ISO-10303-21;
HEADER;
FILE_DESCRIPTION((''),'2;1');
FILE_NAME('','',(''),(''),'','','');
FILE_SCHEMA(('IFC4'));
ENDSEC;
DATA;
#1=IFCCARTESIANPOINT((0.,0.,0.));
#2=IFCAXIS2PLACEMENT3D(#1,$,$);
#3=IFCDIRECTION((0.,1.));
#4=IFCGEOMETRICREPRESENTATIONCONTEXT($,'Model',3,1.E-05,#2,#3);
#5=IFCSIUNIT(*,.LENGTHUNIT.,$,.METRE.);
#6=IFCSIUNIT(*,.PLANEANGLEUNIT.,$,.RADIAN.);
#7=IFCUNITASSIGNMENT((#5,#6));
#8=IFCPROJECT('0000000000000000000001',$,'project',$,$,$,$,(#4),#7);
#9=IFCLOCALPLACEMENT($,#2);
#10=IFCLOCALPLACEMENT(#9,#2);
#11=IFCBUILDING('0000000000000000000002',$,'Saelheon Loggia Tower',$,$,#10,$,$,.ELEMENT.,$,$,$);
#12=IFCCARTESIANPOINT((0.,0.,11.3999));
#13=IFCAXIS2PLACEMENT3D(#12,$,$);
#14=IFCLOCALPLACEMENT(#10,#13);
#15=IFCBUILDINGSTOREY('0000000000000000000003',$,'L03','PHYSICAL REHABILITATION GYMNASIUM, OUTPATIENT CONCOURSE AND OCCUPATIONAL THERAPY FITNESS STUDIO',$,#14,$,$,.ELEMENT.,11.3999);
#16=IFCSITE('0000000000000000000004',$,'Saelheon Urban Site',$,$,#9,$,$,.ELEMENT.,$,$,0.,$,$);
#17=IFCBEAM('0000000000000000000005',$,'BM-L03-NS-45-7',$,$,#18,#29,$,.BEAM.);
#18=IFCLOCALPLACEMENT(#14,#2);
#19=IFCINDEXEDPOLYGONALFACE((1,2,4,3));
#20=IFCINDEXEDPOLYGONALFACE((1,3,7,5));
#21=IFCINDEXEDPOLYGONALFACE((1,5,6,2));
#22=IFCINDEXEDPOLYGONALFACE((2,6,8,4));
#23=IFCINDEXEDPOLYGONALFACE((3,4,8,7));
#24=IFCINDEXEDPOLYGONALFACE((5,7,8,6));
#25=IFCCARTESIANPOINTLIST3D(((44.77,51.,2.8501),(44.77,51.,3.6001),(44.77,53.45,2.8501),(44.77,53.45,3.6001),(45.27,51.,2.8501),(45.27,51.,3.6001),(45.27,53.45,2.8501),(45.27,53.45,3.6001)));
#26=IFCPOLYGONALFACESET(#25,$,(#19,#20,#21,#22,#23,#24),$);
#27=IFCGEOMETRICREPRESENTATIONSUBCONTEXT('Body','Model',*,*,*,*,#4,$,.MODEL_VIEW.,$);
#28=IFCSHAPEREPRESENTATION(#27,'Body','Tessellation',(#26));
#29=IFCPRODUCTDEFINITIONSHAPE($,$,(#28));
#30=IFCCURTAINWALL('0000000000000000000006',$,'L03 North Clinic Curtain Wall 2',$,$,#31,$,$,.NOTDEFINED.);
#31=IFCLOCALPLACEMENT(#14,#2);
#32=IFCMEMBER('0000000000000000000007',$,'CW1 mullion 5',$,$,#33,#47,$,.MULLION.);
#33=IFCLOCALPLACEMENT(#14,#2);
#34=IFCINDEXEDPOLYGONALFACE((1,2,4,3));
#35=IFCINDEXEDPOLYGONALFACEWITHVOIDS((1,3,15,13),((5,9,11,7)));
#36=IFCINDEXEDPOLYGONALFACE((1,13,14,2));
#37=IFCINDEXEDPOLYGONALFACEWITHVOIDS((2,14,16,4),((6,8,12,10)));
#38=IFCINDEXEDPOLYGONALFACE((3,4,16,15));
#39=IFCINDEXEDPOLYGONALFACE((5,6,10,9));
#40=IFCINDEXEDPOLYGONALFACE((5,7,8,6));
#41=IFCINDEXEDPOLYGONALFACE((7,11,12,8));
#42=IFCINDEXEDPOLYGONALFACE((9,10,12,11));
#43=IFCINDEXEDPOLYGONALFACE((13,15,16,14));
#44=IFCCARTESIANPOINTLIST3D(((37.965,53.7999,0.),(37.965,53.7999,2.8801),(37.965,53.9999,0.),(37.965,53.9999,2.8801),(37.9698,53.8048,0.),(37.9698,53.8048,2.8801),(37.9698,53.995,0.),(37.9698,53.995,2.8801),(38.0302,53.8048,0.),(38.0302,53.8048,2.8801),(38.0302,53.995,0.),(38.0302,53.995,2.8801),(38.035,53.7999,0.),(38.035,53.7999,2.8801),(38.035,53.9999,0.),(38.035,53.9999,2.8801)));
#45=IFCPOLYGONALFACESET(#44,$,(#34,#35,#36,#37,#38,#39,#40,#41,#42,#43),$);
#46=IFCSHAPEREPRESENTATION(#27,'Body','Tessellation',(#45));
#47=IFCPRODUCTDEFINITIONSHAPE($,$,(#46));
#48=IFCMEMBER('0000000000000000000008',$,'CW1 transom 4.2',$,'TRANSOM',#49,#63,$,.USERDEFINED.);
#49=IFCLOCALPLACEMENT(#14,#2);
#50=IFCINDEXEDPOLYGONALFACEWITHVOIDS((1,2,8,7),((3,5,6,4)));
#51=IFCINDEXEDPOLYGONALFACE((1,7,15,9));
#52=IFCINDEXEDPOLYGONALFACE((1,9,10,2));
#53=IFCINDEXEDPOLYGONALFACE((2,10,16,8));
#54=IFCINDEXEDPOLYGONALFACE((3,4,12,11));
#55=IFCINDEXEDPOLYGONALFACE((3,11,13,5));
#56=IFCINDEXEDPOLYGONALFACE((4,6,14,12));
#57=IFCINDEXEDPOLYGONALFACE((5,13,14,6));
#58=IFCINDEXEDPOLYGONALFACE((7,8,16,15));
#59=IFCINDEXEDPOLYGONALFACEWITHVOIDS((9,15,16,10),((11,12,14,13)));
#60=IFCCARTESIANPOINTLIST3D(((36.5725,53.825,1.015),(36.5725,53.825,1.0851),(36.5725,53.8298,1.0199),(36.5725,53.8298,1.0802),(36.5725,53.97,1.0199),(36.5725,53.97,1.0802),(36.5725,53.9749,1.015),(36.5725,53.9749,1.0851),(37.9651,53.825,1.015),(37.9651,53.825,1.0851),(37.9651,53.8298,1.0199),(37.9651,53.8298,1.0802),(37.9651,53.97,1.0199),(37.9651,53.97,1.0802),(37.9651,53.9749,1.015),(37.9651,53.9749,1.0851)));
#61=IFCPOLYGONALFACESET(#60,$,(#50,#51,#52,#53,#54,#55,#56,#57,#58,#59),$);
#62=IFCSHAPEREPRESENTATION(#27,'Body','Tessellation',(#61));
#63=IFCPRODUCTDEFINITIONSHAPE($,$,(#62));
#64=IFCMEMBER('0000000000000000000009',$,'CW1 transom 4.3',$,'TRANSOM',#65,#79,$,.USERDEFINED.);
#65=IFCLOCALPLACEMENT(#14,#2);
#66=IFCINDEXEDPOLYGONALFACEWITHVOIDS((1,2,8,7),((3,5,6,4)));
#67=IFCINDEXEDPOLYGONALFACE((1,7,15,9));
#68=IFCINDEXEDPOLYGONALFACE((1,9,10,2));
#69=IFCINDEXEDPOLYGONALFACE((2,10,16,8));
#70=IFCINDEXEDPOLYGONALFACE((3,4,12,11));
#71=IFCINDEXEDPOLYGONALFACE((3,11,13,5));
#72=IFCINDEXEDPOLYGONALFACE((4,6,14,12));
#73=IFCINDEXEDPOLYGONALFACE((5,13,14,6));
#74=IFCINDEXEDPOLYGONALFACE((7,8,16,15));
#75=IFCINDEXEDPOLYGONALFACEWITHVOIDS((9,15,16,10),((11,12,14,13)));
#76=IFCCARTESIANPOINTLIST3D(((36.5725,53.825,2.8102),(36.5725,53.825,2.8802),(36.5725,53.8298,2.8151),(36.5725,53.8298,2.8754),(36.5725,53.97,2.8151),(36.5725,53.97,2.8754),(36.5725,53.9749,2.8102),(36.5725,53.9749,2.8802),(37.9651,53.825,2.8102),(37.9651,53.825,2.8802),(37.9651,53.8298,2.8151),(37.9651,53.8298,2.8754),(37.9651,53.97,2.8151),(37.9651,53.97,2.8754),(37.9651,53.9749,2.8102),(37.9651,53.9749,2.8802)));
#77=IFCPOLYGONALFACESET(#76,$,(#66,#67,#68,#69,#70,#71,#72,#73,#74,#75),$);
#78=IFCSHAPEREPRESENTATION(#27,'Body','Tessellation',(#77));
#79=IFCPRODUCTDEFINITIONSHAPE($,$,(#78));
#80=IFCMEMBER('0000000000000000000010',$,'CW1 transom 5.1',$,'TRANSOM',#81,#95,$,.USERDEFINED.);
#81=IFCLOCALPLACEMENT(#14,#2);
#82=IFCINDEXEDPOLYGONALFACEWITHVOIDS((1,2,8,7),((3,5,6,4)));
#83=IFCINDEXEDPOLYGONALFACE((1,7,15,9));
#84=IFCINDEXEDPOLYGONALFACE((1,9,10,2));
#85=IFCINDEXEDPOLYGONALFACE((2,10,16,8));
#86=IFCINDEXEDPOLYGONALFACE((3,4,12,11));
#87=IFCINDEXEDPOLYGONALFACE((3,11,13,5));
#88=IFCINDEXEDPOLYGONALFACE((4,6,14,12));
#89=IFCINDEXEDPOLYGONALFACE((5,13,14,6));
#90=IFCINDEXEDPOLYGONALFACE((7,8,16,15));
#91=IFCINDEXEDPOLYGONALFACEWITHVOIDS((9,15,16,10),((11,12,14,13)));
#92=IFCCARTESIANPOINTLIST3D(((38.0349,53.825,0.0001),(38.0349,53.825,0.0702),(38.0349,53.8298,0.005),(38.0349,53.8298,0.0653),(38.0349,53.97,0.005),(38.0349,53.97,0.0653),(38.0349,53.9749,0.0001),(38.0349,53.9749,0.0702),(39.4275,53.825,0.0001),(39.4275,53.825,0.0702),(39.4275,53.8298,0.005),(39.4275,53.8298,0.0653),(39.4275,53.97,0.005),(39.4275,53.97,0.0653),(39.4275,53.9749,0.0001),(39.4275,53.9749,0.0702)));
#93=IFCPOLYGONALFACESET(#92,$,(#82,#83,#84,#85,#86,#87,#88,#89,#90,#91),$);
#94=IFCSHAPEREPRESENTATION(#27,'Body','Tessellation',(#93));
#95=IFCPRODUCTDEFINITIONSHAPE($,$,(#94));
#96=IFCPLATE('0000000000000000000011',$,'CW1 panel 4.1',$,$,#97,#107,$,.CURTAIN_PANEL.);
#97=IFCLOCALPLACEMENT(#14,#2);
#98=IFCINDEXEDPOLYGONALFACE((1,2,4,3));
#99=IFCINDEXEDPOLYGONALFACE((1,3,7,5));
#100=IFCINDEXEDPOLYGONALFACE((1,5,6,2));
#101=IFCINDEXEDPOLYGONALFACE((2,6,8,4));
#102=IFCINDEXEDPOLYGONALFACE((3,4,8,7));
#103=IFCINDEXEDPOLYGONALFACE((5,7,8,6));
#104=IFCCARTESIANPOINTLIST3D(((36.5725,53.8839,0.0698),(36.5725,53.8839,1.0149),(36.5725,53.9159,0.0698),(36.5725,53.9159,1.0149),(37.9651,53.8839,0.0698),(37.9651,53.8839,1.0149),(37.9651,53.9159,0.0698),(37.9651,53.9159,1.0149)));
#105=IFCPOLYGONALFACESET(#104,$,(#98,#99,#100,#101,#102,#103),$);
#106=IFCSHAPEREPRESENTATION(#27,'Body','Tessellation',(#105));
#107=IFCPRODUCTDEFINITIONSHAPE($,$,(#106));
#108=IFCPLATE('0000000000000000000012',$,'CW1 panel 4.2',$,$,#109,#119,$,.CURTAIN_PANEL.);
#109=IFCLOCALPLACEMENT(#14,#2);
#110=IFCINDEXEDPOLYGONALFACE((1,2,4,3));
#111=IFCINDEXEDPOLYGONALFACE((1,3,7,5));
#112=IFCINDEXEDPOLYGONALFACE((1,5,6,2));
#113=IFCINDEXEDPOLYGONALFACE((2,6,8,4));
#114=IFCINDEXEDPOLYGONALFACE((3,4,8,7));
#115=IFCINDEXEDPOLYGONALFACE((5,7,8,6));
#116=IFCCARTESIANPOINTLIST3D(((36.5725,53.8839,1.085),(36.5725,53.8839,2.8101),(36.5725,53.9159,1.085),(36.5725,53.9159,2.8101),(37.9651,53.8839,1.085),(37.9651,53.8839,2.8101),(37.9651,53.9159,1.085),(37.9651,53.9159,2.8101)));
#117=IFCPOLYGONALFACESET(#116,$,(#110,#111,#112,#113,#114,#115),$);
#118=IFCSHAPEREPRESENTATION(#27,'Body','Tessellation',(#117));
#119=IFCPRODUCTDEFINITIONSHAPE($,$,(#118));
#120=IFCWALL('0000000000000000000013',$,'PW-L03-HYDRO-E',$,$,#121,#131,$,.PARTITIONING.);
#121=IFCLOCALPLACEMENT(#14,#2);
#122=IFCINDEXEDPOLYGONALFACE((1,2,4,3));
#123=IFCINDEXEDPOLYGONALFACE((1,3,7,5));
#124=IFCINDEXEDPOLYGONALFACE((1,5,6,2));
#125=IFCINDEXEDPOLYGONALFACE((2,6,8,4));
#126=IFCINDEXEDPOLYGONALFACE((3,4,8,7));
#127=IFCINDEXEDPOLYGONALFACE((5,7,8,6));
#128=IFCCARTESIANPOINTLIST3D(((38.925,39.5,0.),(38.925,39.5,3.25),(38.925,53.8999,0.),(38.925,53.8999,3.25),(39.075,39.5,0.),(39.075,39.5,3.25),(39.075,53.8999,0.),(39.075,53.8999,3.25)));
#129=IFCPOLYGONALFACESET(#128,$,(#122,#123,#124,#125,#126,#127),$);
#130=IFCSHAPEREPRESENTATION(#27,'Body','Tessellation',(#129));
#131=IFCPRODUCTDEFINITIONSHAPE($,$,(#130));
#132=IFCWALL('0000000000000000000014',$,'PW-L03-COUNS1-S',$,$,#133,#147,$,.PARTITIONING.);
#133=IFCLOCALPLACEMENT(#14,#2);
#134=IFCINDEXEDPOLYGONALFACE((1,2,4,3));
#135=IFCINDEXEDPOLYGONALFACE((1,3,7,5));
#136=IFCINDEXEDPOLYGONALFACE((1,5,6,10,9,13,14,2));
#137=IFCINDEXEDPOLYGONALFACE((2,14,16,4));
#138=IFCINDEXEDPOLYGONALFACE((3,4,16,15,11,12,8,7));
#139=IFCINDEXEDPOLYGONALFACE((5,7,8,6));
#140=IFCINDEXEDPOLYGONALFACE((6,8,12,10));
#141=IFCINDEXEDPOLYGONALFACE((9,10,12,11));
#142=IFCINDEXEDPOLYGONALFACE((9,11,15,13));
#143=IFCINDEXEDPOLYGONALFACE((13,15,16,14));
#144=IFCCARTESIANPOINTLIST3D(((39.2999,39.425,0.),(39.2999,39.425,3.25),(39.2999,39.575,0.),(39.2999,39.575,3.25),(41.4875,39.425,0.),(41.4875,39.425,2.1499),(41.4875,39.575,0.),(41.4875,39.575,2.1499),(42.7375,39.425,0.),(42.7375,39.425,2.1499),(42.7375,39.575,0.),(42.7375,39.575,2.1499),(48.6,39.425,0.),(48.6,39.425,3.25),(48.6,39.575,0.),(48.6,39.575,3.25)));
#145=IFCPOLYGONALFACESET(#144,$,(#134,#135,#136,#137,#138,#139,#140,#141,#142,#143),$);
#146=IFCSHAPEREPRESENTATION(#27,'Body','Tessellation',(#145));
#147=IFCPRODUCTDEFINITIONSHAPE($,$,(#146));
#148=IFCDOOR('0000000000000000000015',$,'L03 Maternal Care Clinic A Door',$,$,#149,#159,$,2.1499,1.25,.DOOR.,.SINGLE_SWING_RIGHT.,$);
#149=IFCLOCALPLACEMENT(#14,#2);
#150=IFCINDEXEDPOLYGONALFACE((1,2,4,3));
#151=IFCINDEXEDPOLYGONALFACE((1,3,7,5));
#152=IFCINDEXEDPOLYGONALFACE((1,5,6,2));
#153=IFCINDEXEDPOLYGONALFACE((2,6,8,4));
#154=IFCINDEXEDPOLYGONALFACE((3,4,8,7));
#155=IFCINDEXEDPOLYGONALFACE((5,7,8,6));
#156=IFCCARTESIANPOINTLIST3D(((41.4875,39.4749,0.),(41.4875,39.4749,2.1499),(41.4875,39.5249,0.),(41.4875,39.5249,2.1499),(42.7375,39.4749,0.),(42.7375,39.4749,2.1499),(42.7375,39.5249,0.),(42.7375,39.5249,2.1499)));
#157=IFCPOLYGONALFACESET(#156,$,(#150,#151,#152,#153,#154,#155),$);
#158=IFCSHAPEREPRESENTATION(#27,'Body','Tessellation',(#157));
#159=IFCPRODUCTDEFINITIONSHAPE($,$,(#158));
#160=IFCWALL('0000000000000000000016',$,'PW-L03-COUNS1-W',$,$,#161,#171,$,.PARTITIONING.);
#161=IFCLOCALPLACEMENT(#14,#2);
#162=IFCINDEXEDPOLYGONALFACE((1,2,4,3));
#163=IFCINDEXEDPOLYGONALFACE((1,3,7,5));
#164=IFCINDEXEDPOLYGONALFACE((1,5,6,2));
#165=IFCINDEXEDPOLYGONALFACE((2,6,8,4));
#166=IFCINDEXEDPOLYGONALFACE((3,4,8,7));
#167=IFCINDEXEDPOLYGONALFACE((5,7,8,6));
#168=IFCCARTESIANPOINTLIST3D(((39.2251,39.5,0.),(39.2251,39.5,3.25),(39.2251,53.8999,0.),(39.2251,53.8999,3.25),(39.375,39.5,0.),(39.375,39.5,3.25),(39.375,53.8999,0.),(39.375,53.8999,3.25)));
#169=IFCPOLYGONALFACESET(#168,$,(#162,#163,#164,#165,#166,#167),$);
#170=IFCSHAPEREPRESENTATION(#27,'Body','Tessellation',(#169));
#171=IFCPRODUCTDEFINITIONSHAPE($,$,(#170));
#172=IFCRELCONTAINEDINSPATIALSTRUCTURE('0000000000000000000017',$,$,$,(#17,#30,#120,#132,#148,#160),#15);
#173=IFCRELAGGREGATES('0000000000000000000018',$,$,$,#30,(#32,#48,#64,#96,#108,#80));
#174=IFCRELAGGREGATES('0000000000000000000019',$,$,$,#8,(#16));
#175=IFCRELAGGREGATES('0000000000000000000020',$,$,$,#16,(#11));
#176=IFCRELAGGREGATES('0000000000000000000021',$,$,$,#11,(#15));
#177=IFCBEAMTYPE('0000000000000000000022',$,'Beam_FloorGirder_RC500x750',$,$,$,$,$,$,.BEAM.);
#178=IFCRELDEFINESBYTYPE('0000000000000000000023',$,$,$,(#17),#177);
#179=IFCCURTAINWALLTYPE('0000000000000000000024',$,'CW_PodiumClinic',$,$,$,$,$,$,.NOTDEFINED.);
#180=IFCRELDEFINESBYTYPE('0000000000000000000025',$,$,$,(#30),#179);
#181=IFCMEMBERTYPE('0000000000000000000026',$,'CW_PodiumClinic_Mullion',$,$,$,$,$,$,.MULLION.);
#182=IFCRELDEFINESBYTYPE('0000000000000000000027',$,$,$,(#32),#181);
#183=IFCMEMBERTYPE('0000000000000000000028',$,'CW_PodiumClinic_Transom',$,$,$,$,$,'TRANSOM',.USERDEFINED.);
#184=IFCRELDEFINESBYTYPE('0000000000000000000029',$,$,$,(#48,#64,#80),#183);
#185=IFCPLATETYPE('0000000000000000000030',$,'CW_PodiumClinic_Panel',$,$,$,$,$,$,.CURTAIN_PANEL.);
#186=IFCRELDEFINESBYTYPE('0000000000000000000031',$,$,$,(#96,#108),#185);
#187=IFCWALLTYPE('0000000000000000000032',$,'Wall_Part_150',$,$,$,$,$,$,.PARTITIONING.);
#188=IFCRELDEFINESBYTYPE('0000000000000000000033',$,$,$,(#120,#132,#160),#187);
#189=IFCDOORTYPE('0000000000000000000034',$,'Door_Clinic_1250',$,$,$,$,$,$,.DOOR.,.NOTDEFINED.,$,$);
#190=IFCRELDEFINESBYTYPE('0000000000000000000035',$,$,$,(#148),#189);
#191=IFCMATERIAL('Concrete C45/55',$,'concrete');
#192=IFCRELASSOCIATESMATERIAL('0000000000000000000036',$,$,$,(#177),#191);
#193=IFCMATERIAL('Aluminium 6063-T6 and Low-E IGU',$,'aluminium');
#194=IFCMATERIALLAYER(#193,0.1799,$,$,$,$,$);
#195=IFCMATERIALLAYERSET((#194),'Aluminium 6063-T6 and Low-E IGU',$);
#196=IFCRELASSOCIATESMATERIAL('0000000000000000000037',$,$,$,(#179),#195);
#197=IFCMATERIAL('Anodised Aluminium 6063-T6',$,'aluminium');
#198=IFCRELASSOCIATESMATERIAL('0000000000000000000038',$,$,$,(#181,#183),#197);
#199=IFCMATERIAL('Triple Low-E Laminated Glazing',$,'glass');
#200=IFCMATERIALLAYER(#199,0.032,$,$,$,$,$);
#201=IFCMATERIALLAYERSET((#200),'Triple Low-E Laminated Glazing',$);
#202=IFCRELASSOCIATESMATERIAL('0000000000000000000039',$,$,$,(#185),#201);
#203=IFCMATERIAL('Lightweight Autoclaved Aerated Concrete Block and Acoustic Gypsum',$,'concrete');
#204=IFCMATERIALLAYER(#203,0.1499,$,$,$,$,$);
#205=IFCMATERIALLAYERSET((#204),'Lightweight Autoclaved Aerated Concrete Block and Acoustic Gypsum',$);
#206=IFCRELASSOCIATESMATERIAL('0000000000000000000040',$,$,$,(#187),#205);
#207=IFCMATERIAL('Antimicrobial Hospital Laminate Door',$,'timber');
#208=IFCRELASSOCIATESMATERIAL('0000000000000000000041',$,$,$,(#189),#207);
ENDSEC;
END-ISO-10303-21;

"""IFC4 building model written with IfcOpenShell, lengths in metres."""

from ifc_helpers import new_model, si_unit, direction, frame, frame_2d, origin, origin_2d, place, context, subcontext, project, spatial, rectangle, hollow_rectangle, extrude, source, transform, mapped, material, layer, layer_set, material_profile, profile_set, type_object, element, fill, aggregate, save


model = new_model("IFC4")

# Units and contexts
model_context = context("Model", 3, precision=1e-05, world=origin(), true_north=direction((0.0, 1.0)))
body_context = subcontext(model_context, "Body", "Model", "MODEL_VIEW")
ifc_project = project(units=[si_unit("LENGTHUNIT", "METRE"), si_unit("PLANEANGLEUNIT", "RADIAN")], contexts=[model_context])

# Site, building, storey
site_placement = place(None, origin())
site = spatial("IfcSite", under=ifc_project, at=site_placement, Name="Saelheon Urban Site", CompositionType="ELEMENT", RefElevation=0.0)
building_placement = place(site_placement, origin())
building = spatial("IfcBuilding", under=site, at=building_placement, Name="Saelheon Loggia Tower", CompositionType="ELEMENT")
storey_placement = place(building_placement, frame((0.0, 0.0, 11.3999)))
storey = spatial("IfcBuildingStorey", under=building, at=storey_placement, Name="L03", Description="PHYSICAL REHABILITATION GYMNASIUM, OUTPATIENT CONCOURSE AND OCCUPATIONAL THERAPY FITNESS STUDIO", CompositionType="ELEMENT", Elevation=11.3999)

# Beam
ifc_material_1 = material(Name="Concrete C45/55", Category="concrete")
ifc_material_profile_1 = material_profile(ifc_material_1, rectangle(XDim=0.5, YDim=0.75, at=origin_2d()), Name="RC-500x750")
ifc_profile_set_1 = profile_set([ifc_material_profile_1], Name="Concrete C45/55")
beam_type_1 = type_object("IfcBeamType", Name="Beam_FloorGirder_RC500x750", PredefinedType="BEAM", material=ifc_profile_set_1)
shared_shape_1 = source(origin(), body_context, "Body", "SweptSolid", [
    extrude(rectangle(XDim=0.5, YDim=0.75, at=origin_2d()), origin(), (0.0, 0.0, 1.0), 2.45),
])
beam_1_placement = place(storey_placement, frame((45.02, 51.0, 3.2251), z_axis=(0.0, 1.0, 0.0), x_axis=(-1.0, 0.0, 0.0)))
element("IfcBeam", 1, at=beam_1_placement, inside=storey, type_object=beam_type_1, Name="BM-L03-NS-45-7", PredefinedType="BEAM", context=body_context, shape_type="MappedRepresentation", body=[
    mapped(shared_shape_1, transform((0.0, 0.0, 0.0), scale=1.0)),
])

# Curtain wall, members, plates
ifc_material_2 = material(Name="Aluminium 6063-T6 and Low-E IGU", Category="aluminium")
ifc_layer_1 = layer(ifc_material_2, 0.1799)
ifc_layer_set_1 = layer_set([ifc_layer_1], Name="Aluminium 6063-T6 and Low-E IGU")
curtain_wall_type = type_object("IfcCurtainWallType", Name="CW_PodiumClinic", PredefinedType="NOTDEFINED", material=ifc_layer_set_1)
curtain_wall_placement = place(storey_placement, origin())
curtain_wall = element("IfcCurtainWall", 2, at=curtain_wall_placement, inside=storey, type_object=curtain_wall_type, Name="L03 North Clinic Curtain Wall 2", PredefinedType="NOTDEFINED")
ifc_material_3 = material(Name="Anodised Aluminium 6063-T6", Category="aluminium")
ifc_material_profile_2 = material_profile(ifc_material_3, hollow_rectangle(XDim=0.0701, YDim=0.2, WallThickness=0.0049, at=origin_2d()), Name="RHS-200x70x5")
ifc_profile_set_2 = profile_set([ifc_material_profile_2], Name="Anodised Aluminium 6063-T6")
member_type_1 = type_object("IfcMemberType", Name="CW_PodiumClinic_Mullion", PredefinedType="MULLION", material=ifc_profile_set_2)
shared_shape_2 = source(origin(), body_context, "Body", "SweptSolid", [
    extrude(hollow_rectangle(XDim=0.0701, YDim=0.2, WallThickness=0.0049, at=origin_2d()), origin(), (0.0, 0.0, 1.0), 2.8801),
])
member_1_placement = place(storey_placement, frame((38.0, 53.8999, 0.0), z_axis=(0.0, 0.0, 1.0), x_axis=(1.0, 0.0, 0.0)))
member_1 = element("IfcMember", 3, at=member_1_placement, type_object=member_type_1, Name="CW1 mullion 5", PredefinedType="MULLION", context=body_context, shape_type="MappedRepresentation", body=[
    mapped(shared_shape_2, transform((0.0, 0.0, 0.0), scale=1.0)),
])
ifc_material_profile_3 = material_profile(ifc_material_3, hollow_rectangle(XDim=0.0701, YDim=0.1499, WallThickness=0.0049, at=origin_2d()), Name="RHS-150x70x5")
ifc_profile_set_3 = profile_set([ifc_material_profile_3], Name="Anodised Aluminium 6063-T6")
member_type_2 = type_object("IfcMemberType", Name="CW_PodiumClinic_Transom", ElementType="TRANSOM", PredefinedType="USERDEFINED", material=ifc_profile_set_3)
shared_shape_3 = source(origin(), body_context, "Body", "SweptSolid", [
    extrude(hollow_rectangle(XDim=0.0701, YDim=0.1499, WallThickness=0.0049, at=origin_2d()), origin(), (0.0, 0.0, 1.0), 1.3926),
])
member_2_placement = place(storey_placement, frame((36.5725, 53.8999, 1.05), z_axis=(1.0, 0.0, 0.0), x_axis=(0.0, 0.0, 1.0)))
member_2 = element("IfcMember", 4, at=member_2_placement, type_object=member_type_2, Name="CW1 transom 4.2", ObjectType="TRANSOM", PredefinedType="USERDEFINED", context=body_context, shape_type="MappedRepresentation", body=[
    mapped(shared_shape_3, transform((0.0, 0.0, 0.0), scale=1.0)),
])
member_3_placement = place(storey_placement, frame((36.5725, 53.8999, 2.8452), z_axis=(1.0, 0.0, 0.0), x_axis=(0.0, 0.0, 1.0)))
member_3 = element("IfcMember", 5, at=member_3_placement, type_object=member_type_2, Name="CW1 transom 4.3", ObjectType="TRANSOM", PredefinedType="USERDEFINED", context=body_context, shape_type="MappedRepresentation", body=[
    mapped(shared_shape_3, transform((0.0, 0.0, 0.0), scale=1.0)),
])
member_4_placement = place(storey_placement, frame((38.0349, 53.8999, 0.0352), z_axis=(1.0, 0.0, 0.0), x_axis=(0.0, 0.0, 1.0)))
member_4 = element("IfcMember", 6, at=member_4_placement, type_object=member_type_2, Name="CW1 transom 5.1", ObjectType="TRANSOM", PredefinedType="USERDEFINED", context=body_context, shape_type="MappedRepresentation", body=[
    mapped(shared_shape_3, transform((0.0, 0.0, 0.0), scale=1.0)),
])
ifc_material_4 = material(Name="Triple Low-E Laminated Glazing", Category="glass")
ifc_layer_2 = layer(ifc_material_4, 0.032)
ifc_layer_set_2 = layer_set([ifc_layer_2], Name="Triple Low-E Laminated Glazing")
plate_type = type_object("IfcPlateType", Name="CW_PodiumClinic_Panel", PredefinedType="CURTAIN_PANEL", material=ifc_layer_set_2)
shared_shape_4 = source(origin(), body_context, "Body", "SweptSolid", [
    extrude(rectangle(XDim=1.3926, YDim=0.032, at=origin_2d()), origin(), (0.0, 0.0, 1.0), 0.9451),
])
plate_1_placement = place(storey_placement, frame((37.2688, 53.8999, 0.0698), z_axis=(0.0, 0.0, 1.0), x_axis=(1.0, 0.0, 0.0)))
plate_1 = element("IfcPlate", 7, at=plate_1_placement, type_object=plate_type, Name="CW1 panel 4.1", PredefinedType="CURTAIN_PANEL", context=body_context, shape_type="MappedRepresentation", body=[
    mapped(shared_shape_4, transform((0.0, 0.0, 0.0), scale=1.0)),
])
shared_shape_5 = source(origin(), body_context, "Body", "SweptSolid", [
    extrude(rectangle(XDim=1.3926, YDim=0.032, at=origin_2d()), origin(), (0.0, 0.0, 1.0), 1.7251),
])
plate_2_placement = place(storey_placement, frame((37.2688, 53.8999, 1.085), z_axis=(0.0, 0.0, 1.0), x_axis=(1.0, 0.0, 0.0)))
plate_2 = element("IfcPlate", 8, at=plate_2_placement, type_object=plate_type, Name="CW1 panel 4.2", PredefinedType="CURTAIN_PANEL", context=body_context, shape_type="MappedRepresentation", body=[
    mapped(shared_shape_5, transform((0.0, 0.0, 0.0), scale=1.0)),
])
aggregate(curtain_wall, [member_1, member_2, member_3, plate_1, plate_2, member_4])

# Wall
ifc_material_5 = material(Name="Lightweight Autoclaved Aerated Concrete Block and Acoustic Gypsum", Category="concrete")
ifc_layer_3 = layer(ifc_material_5, 0.1499)
ifc_layer_set_3 = layer_set([ifc_layer_3], Name="Lightweight Autoclaved Aerated Concrete Block and Acoustic Gypsum")
wall_type_1 = type_object("IfcWallType", Name="Wall_Part_150", PredefinedType="PARTITIONING", material=ifc_layer_set_3)
wall_1_placement = place(storey_placement, frame((39.0, 39.5, 0.0), z_axis=(0.0, 0.0, 1.0), x_axis=(0.0, 1.0, 0.0)))
element("IfcWall", 9, at=wall_1_placement, inside=storey, type_object=wall_type_1, Name="PW-L03-HYDRO-E", PredefinedType="PARTITIONING", context=body_context, shape_type="SweptSolid", body=[
    extrude(rectangle(XDim=14.3999, YDim=0.1499, at=frame_2d((7.2, 0.0))), origin(), (0.0, 0.0, 1.0), 3.25),
])

# Wall, opening, door
wall_2_placement = place(storey_placement, frame((39.3, 39.5, 0.0), z_axis=(0.0, 0.0, 1.0), x_axis=(1.0, 0.0, 0.0)))
wall_2 = element("IfcWall", 10, at=wall_2_placement, inside=storey, type_object=wall_type_1, Name="PW-L03-COUNS1-S", PredefinedType="PARTITIONING", context=body_context, shape_type="SweptSolid", body=[
    extrude(rectangle(XDim=9.3, YDim=0.1499, at=frame_2d((4.6499, 0.0))), origin(), (0.0, 0.0, 1.0), 3.25),
])
opening_placement = place(wall_2_placement, frame((2.1875, 0.0, 0.0)))
opening = element("IfcOpeningElement", 11, at=opening_placement, cuts=wall_2, PredefinedType="OPENING", context=body_context, shape_type="SweptSolid", body=[
    extrude(rectangle(XDim=1.25, YDim=2.1499, at=frame_2d((0.625, 1.075))), frame((0.0, 0.0869, 0.0), z_axis=(0.0, -1.0, 0.0), x_axis=(1.0, 0.0, 0.0)), (0.0, 0.0, 1.0), 0.1738),
])
ifc_material_6 = material(Name="Antimicrobial Hospital Laminate Door", Category="timber")
door_type = type_object("IfcDoorType", Name="Door_Clinic_1250", OperationType="NOTDEFINED", PredefinedType="DOOR", material=ifc_material_6)
shared_shape_6 = source(origin(), body_context, "Body", "SweptSolid", [
    extrude(rectangle(XDim=1.25, YDim=2.1499, at=frame_2d((0.625, 1.075))), frame((0.0, 0.0249, 0.0), z_axis=(0.0, -1.0, 0.0), x_axis=(1.0, 0.0, 0.0)), (0.0, 0.0, 1.0), 0.05),
])
door_placement = place(opening_placement, origin())
door = element("IfcDoor", 12, at=door_placement, inside=storey, type_object=door_type, Name="L03 Maternal Care Clinic A Door", OperationType="SINGLE_SWING_RIGHT", OverallHeight=2.1499, OverallWidth=1.25, PredefinedType="DOOR", context=body_context, shape_type="MappedRepresentation", body=[
    mapped(shared_shape_6, transform((0.0, 0.0, 0.0), scale=1.0)),
])
fill(opening, door)

# Wall
wall_3_placement = place(storey_placement, frame((39.3, 39.5, 0.0), z_axis=(0.0, 0.0, 1.0), x_axis=(0.0, 1.0, 0.0)))
element("IfcWall", 13, at=wall_3_placement, inside=storey, type_object=wall_type_1, Name="PW-L03-COUNS1-W", PredefinedType="PARTITIONING", context=body_context, shape_type="SweptSolid", body=[
    extrude(rectangle(XDim=14.3999, YDim=0.1499, at=frame_2d((7.2, 0.0))), origin(), (0.0, 0.0, 1.0), 3.25),
])

save(model, "model.ifc")
